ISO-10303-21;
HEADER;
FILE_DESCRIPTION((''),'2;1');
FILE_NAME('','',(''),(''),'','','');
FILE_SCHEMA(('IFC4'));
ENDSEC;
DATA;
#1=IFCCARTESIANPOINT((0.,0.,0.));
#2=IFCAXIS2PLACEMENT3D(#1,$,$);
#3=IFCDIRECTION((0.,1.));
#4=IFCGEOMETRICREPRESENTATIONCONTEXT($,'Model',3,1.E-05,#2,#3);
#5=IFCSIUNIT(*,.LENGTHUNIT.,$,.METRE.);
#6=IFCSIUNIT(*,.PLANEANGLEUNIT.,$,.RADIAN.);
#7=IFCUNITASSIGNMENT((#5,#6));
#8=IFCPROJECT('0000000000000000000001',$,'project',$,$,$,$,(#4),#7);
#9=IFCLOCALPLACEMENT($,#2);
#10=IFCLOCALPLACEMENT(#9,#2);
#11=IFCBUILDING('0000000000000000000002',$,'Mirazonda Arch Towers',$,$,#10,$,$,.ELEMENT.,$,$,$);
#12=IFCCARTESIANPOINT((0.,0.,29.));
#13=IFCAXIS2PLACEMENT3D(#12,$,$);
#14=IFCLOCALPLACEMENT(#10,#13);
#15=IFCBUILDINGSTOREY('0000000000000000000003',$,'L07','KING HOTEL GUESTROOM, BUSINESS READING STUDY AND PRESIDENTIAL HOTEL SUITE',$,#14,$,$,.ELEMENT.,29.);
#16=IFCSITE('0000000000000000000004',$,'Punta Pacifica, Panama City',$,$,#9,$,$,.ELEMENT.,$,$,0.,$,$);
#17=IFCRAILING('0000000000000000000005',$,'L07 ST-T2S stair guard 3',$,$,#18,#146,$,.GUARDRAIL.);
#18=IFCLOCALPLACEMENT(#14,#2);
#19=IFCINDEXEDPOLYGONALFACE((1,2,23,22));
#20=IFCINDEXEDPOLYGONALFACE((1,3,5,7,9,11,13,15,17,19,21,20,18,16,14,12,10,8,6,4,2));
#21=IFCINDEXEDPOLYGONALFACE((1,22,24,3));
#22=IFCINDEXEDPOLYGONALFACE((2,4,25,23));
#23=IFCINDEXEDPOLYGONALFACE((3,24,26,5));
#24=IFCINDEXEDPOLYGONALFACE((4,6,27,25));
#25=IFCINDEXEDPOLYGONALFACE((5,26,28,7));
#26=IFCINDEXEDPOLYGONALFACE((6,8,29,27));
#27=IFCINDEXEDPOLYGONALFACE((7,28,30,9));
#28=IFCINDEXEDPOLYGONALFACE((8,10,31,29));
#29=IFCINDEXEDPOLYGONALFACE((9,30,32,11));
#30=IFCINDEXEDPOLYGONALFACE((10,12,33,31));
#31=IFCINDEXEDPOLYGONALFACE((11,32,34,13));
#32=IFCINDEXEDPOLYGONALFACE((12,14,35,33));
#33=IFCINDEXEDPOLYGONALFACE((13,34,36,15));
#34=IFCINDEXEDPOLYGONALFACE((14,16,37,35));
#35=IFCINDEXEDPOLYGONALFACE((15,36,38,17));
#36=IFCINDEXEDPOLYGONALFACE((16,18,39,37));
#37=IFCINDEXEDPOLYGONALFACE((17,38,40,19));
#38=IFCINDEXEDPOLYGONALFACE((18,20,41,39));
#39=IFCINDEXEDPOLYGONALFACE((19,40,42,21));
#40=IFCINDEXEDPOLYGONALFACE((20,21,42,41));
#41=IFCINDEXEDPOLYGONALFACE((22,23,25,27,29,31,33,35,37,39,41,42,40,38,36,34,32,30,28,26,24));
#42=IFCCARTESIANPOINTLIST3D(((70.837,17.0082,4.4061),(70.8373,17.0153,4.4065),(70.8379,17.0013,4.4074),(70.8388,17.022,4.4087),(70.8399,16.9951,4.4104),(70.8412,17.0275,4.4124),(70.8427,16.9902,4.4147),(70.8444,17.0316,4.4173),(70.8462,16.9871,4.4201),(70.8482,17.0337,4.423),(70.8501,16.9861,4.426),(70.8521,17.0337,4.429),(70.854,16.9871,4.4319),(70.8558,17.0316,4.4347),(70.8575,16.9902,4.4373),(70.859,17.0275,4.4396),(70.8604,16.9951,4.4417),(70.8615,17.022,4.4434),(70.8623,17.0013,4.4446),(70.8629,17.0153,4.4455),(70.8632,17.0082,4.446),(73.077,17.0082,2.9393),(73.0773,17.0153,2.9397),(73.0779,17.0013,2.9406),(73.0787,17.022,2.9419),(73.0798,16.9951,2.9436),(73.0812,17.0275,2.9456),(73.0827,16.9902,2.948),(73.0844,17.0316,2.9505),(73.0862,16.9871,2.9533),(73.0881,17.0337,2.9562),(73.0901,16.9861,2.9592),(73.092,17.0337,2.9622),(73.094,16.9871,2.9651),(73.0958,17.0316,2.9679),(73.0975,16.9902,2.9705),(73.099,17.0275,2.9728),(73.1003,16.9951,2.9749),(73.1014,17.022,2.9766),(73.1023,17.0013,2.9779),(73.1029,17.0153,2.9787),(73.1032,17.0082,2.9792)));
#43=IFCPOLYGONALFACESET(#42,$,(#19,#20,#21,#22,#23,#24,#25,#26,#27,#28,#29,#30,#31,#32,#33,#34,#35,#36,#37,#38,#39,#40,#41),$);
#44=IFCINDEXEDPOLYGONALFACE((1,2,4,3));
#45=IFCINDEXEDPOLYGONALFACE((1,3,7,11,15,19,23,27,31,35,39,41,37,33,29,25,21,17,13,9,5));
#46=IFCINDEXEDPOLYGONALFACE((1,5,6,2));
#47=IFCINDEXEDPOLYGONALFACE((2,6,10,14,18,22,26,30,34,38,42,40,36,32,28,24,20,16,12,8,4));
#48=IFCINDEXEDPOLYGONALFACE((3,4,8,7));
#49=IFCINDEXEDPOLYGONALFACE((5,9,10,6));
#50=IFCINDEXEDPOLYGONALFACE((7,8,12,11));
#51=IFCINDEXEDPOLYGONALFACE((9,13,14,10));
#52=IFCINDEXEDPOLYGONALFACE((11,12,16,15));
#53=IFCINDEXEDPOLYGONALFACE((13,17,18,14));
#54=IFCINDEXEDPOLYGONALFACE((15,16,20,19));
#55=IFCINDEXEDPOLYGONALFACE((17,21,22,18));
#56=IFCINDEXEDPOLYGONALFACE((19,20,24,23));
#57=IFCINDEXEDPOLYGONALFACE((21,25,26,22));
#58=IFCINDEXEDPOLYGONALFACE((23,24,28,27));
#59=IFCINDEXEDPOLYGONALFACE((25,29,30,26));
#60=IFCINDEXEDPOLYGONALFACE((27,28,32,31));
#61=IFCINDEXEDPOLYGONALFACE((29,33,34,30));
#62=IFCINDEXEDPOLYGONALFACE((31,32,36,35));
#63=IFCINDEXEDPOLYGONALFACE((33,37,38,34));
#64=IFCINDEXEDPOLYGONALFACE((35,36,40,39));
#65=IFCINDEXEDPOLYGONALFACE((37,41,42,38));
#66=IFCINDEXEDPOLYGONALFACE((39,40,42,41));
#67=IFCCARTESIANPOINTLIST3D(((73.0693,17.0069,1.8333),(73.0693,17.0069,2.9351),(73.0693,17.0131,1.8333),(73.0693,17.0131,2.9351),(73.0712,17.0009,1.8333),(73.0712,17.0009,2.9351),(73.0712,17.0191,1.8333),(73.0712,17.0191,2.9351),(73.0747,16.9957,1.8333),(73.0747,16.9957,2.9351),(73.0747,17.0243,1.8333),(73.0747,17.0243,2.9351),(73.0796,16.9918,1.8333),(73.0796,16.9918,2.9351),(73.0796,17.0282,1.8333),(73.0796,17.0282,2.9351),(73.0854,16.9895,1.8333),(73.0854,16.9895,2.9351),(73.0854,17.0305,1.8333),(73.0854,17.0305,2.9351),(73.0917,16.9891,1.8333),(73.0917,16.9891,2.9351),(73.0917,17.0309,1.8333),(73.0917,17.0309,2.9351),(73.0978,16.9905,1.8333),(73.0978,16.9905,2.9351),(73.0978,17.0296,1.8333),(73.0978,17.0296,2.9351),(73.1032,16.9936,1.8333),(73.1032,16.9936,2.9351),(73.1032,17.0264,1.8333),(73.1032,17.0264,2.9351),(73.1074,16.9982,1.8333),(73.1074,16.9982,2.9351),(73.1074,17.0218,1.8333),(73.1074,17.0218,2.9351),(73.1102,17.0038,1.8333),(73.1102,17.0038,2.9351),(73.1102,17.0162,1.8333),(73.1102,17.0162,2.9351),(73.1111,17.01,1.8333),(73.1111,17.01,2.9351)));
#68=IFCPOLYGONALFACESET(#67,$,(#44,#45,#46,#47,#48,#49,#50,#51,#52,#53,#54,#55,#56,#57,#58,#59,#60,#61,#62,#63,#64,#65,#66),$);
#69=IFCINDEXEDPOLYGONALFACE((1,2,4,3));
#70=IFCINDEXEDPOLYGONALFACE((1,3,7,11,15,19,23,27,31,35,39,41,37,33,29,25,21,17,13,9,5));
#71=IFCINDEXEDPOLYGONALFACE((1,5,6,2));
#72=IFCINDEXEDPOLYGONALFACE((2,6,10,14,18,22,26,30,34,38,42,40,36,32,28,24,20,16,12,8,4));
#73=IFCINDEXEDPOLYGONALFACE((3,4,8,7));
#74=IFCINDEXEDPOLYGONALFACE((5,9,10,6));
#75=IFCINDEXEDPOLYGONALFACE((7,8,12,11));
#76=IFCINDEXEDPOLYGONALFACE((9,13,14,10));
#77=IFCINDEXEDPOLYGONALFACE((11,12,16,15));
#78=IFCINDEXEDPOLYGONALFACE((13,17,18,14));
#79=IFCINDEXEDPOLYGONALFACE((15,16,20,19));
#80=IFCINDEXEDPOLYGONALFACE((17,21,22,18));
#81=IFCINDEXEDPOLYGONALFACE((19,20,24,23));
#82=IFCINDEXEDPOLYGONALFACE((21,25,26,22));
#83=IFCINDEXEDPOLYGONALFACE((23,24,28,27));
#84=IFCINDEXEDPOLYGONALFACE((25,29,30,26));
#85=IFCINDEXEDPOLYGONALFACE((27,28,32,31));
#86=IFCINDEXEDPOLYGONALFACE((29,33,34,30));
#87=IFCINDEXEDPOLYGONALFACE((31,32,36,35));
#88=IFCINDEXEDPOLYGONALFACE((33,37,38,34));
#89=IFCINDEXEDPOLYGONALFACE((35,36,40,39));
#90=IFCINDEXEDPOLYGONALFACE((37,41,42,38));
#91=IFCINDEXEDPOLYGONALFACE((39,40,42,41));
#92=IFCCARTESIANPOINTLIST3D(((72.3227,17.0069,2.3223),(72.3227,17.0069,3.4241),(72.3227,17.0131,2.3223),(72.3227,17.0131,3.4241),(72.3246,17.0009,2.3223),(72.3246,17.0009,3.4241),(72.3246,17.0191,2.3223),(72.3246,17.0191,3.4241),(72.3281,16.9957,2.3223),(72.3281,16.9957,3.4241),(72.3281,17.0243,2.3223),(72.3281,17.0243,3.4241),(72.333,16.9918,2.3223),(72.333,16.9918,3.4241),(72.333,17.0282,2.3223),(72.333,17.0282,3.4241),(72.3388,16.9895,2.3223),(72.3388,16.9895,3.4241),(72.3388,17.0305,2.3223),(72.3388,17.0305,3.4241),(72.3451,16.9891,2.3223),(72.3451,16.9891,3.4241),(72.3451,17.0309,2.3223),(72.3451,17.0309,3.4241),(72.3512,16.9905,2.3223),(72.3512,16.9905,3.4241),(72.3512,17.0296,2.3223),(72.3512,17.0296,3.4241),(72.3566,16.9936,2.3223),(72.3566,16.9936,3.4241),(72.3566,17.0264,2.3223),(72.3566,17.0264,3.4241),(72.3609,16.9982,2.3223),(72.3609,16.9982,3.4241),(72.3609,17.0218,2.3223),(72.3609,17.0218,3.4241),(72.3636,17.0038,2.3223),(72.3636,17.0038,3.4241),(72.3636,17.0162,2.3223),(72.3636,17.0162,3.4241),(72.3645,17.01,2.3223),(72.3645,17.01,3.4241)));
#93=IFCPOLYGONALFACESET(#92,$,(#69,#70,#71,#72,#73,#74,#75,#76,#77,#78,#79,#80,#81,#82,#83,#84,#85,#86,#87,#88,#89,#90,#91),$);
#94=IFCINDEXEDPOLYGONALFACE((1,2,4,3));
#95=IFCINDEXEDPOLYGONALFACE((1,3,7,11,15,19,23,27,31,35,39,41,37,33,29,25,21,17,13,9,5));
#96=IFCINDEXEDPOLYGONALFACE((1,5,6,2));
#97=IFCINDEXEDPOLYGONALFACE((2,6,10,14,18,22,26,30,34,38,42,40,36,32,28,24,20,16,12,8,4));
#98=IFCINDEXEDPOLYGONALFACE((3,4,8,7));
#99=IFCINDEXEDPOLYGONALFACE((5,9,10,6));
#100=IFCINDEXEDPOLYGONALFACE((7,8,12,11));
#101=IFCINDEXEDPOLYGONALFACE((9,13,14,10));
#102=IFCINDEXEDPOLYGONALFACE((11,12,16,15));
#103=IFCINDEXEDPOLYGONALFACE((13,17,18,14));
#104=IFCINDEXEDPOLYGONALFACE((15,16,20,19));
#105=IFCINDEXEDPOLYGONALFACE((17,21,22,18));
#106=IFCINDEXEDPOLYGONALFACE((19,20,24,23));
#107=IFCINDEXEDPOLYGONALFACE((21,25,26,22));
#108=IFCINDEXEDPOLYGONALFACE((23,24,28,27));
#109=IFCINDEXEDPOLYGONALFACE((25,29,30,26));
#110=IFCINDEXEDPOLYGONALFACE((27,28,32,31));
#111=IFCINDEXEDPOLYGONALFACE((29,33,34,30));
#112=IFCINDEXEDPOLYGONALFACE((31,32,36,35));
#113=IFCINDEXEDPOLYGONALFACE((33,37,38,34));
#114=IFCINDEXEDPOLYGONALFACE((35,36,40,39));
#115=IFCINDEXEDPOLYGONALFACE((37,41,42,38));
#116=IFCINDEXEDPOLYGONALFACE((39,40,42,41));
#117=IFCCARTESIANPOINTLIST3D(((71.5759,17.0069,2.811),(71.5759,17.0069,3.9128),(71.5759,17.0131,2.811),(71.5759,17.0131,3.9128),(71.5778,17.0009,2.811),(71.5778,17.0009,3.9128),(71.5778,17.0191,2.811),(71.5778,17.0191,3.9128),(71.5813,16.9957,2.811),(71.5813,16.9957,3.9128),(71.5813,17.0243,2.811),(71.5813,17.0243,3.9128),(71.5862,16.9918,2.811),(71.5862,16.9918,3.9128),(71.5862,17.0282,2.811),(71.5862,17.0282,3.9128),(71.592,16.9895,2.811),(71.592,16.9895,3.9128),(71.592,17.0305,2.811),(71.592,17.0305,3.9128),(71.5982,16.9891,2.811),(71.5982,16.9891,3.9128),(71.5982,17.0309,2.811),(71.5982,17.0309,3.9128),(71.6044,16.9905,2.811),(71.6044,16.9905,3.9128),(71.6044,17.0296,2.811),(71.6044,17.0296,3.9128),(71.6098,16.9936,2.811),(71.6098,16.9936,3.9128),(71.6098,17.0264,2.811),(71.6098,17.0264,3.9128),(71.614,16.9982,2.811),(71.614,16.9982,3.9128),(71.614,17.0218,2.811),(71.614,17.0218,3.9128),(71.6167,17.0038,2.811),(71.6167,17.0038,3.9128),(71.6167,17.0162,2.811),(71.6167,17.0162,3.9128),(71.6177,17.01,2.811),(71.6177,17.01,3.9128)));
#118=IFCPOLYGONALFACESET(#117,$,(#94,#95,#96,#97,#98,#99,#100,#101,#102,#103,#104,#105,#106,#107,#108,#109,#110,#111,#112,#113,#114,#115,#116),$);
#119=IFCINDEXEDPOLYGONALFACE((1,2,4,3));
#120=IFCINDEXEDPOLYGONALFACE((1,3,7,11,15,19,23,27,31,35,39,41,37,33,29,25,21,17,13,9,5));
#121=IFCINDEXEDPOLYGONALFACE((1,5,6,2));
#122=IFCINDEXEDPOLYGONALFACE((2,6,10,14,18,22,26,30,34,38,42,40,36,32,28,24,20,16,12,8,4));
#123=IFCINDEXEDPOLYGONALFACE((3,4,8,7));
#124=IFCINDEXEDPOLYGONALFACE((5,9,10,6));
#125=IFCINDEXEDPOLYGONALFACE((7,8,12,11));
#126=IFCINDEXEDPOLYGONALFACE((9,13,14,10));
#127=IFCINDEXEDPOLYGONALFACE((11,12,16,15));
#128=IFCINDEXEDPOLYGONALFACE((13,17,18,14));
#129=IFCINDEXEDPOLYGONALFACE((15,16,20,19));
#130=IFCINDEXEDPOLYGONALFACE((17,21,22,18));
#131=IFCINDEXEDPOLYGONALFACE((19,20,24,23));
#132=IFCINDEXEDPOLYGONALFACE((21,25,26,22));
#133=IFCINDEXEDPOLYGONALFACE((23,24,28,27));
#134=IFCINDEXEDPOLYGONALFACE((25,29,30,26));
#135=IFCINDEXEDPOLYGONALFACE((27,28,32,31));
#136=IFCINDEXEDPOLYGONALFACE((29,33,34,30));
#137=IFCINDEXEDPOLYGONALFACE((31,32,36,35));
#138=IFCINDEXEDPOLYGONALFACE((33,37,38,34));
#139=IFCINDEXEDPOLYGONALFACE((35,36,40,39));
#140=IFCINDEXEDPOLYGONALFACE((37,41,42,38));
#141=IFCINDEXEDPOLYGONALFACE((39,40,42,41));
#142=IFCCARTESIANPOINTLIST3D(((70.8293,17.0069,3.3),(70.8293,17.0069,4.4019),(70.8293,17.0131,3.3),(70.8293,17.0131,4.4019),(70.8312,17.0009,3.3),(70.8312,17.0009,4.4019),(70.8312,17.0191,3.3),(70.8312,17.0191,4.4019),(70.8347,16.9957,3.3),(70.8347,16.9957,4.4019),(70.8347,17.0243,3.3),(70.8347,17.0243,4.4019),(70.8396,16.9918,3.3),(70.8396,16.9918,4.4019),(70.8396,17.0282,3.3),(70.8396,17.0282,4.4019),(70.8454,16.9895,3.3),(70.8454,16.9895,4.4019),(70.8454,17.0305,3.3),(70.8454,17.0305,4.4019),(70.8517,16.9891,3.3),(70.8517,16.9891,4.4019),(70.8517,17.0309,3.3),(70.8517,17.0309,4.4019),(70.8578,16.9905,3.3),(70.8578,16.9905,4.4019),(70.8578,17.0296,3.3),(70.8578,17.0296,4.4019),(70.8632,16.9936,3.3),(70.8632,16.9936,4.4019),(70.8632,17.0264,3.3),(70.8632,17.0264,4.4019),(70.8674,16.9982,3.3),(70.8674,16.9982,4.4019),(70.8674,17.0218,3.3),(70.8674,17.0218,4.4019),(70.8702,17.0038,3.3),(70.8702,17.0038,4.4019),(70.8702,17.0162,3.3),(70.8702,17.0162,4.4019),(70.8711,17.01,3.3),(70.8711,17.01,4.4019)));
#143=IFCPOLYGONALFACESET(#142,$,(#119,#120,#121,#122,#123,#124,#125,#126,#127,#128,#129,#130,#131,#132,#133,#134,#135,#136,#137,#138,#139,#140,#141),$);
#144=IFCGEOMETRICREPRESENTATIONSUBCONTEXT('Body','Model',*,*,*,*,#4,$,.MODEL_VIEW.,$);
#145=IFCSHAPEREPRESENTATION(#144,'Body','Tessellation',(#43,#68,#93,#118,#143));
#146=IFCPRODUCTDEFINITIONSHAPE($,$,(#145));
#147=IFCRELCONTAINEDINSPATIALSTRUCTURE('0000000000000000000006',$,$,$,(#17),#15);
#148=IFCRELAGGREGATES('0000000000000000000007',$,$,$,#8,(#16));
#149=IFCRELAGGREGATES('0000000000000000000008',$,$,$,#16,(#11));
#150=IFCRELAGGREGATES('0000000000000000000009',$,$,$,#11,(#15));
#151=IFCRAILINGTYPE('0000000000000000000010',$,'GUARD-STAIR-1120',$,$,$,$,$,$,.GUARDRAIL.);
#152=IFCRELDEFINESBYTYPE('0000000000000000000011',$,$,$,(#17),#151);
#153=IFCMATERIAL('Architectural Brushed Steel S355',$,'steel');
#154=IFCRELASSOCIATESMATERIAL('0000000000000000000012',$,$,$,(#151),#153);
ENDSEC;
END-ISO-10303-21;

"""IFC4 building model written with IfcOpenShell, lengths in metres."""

from ifc_helpers import new_model, si_unit, direction, frame, origin, origin_2d, place, context, subcontext, project, spatial, circle, extrude, material, type_object, element, save


model = new_model("IFC4")

# Units and contexts
model_context = context("Model", 3, precision=1e-05, world=origin(), true_north=direction((0.0, 1.0)))
body_context = subcontext(model_context, "Body", "Model", "MODEL_VIEW")
ifc_project = project(units=[si_unit("LENGTHUNIT", "METRE"), si_unit("PLANEANGLEUNIT", "RADIAN")], contexts=[model_context])

# Site, building, storey
site_placement = place(None, origin())
site = spatial("IfcSite", under=ifc_project, at=site_placement, Name="Punta Pacifica, Panama City", CompositionType="ELEMENT", RefElevation=0.0)
building_placement = place(site_placement, origin())
building = spatial("IfcBuilding", under=site, at=building_placement, Name="Mirazonda Arch Towers", CompositionType="ELEMENT")
storey_placement = place(building_placement, frame((0.0, 0.0, 29.0)))
storey = spatial("IfcBuildingStorey", under=building, at=storey_placement, Name="L07", Description="KING HOTEL GUESTROOM, BUSINESS READING STUDY AND PRESIDENTIAL HOTEL SUITE", CompositionType="ELEMENT", Elevation=29.0)

# Railing
ifc_material_1 = material(Name="Architectural Brushed Steel S355", Category="steel")
railing_type_1 = type_object("IfcRailingType", Name="GUARD-STAIR-1120", PredefinedType="GUARDRAIL", material=ifc_material_1)
railing_1_placement = place(storey_placement, frame((73.0901, 17.01, 1.8333)))
element("IfcRailing", 1, at=railing_1_placement, inside=storey, type_object=railing_type_1, Name="L07 ST-T2S stair guard 3", PredefinedType="GUARDRAIL", context=body_context, shape_type="SweptSolid", body=[
    extrude(circle(Radius=0.0239, at=origin_2d()), frame((0.0, 0.0, 1.126), z_axis=(-0.836595, 0.0, 0.547822), x_axis=(0.0, -1.0, 0.0)), (0.0, 0.0, 1.0), 2.6775),
    extrude(circle(Radius=0.021, at=origin_2d()), origin(), (0.0, 0.0, 1.0), 1.1018),
    extrude(circle(Radius=0.021, at=origin_2d()), frame((-0.7466, 0.0, 0.489)), (0.0, 0.0, 1.0), 1.1018),
    extrude(circle(Radius=0.021, at=origin_2d()), frame((-1.4934, 0.0, 0.9778)), (0.0, 0.0, 1.0), 1.1018),
    extrude(circle(Radius=0.021, at=origin_2d()), frame((-2.24, 0.0, 1.4668)), (0.0, 0.0, 1.0), 1.1018),
])

save(model, "model.ifc")
